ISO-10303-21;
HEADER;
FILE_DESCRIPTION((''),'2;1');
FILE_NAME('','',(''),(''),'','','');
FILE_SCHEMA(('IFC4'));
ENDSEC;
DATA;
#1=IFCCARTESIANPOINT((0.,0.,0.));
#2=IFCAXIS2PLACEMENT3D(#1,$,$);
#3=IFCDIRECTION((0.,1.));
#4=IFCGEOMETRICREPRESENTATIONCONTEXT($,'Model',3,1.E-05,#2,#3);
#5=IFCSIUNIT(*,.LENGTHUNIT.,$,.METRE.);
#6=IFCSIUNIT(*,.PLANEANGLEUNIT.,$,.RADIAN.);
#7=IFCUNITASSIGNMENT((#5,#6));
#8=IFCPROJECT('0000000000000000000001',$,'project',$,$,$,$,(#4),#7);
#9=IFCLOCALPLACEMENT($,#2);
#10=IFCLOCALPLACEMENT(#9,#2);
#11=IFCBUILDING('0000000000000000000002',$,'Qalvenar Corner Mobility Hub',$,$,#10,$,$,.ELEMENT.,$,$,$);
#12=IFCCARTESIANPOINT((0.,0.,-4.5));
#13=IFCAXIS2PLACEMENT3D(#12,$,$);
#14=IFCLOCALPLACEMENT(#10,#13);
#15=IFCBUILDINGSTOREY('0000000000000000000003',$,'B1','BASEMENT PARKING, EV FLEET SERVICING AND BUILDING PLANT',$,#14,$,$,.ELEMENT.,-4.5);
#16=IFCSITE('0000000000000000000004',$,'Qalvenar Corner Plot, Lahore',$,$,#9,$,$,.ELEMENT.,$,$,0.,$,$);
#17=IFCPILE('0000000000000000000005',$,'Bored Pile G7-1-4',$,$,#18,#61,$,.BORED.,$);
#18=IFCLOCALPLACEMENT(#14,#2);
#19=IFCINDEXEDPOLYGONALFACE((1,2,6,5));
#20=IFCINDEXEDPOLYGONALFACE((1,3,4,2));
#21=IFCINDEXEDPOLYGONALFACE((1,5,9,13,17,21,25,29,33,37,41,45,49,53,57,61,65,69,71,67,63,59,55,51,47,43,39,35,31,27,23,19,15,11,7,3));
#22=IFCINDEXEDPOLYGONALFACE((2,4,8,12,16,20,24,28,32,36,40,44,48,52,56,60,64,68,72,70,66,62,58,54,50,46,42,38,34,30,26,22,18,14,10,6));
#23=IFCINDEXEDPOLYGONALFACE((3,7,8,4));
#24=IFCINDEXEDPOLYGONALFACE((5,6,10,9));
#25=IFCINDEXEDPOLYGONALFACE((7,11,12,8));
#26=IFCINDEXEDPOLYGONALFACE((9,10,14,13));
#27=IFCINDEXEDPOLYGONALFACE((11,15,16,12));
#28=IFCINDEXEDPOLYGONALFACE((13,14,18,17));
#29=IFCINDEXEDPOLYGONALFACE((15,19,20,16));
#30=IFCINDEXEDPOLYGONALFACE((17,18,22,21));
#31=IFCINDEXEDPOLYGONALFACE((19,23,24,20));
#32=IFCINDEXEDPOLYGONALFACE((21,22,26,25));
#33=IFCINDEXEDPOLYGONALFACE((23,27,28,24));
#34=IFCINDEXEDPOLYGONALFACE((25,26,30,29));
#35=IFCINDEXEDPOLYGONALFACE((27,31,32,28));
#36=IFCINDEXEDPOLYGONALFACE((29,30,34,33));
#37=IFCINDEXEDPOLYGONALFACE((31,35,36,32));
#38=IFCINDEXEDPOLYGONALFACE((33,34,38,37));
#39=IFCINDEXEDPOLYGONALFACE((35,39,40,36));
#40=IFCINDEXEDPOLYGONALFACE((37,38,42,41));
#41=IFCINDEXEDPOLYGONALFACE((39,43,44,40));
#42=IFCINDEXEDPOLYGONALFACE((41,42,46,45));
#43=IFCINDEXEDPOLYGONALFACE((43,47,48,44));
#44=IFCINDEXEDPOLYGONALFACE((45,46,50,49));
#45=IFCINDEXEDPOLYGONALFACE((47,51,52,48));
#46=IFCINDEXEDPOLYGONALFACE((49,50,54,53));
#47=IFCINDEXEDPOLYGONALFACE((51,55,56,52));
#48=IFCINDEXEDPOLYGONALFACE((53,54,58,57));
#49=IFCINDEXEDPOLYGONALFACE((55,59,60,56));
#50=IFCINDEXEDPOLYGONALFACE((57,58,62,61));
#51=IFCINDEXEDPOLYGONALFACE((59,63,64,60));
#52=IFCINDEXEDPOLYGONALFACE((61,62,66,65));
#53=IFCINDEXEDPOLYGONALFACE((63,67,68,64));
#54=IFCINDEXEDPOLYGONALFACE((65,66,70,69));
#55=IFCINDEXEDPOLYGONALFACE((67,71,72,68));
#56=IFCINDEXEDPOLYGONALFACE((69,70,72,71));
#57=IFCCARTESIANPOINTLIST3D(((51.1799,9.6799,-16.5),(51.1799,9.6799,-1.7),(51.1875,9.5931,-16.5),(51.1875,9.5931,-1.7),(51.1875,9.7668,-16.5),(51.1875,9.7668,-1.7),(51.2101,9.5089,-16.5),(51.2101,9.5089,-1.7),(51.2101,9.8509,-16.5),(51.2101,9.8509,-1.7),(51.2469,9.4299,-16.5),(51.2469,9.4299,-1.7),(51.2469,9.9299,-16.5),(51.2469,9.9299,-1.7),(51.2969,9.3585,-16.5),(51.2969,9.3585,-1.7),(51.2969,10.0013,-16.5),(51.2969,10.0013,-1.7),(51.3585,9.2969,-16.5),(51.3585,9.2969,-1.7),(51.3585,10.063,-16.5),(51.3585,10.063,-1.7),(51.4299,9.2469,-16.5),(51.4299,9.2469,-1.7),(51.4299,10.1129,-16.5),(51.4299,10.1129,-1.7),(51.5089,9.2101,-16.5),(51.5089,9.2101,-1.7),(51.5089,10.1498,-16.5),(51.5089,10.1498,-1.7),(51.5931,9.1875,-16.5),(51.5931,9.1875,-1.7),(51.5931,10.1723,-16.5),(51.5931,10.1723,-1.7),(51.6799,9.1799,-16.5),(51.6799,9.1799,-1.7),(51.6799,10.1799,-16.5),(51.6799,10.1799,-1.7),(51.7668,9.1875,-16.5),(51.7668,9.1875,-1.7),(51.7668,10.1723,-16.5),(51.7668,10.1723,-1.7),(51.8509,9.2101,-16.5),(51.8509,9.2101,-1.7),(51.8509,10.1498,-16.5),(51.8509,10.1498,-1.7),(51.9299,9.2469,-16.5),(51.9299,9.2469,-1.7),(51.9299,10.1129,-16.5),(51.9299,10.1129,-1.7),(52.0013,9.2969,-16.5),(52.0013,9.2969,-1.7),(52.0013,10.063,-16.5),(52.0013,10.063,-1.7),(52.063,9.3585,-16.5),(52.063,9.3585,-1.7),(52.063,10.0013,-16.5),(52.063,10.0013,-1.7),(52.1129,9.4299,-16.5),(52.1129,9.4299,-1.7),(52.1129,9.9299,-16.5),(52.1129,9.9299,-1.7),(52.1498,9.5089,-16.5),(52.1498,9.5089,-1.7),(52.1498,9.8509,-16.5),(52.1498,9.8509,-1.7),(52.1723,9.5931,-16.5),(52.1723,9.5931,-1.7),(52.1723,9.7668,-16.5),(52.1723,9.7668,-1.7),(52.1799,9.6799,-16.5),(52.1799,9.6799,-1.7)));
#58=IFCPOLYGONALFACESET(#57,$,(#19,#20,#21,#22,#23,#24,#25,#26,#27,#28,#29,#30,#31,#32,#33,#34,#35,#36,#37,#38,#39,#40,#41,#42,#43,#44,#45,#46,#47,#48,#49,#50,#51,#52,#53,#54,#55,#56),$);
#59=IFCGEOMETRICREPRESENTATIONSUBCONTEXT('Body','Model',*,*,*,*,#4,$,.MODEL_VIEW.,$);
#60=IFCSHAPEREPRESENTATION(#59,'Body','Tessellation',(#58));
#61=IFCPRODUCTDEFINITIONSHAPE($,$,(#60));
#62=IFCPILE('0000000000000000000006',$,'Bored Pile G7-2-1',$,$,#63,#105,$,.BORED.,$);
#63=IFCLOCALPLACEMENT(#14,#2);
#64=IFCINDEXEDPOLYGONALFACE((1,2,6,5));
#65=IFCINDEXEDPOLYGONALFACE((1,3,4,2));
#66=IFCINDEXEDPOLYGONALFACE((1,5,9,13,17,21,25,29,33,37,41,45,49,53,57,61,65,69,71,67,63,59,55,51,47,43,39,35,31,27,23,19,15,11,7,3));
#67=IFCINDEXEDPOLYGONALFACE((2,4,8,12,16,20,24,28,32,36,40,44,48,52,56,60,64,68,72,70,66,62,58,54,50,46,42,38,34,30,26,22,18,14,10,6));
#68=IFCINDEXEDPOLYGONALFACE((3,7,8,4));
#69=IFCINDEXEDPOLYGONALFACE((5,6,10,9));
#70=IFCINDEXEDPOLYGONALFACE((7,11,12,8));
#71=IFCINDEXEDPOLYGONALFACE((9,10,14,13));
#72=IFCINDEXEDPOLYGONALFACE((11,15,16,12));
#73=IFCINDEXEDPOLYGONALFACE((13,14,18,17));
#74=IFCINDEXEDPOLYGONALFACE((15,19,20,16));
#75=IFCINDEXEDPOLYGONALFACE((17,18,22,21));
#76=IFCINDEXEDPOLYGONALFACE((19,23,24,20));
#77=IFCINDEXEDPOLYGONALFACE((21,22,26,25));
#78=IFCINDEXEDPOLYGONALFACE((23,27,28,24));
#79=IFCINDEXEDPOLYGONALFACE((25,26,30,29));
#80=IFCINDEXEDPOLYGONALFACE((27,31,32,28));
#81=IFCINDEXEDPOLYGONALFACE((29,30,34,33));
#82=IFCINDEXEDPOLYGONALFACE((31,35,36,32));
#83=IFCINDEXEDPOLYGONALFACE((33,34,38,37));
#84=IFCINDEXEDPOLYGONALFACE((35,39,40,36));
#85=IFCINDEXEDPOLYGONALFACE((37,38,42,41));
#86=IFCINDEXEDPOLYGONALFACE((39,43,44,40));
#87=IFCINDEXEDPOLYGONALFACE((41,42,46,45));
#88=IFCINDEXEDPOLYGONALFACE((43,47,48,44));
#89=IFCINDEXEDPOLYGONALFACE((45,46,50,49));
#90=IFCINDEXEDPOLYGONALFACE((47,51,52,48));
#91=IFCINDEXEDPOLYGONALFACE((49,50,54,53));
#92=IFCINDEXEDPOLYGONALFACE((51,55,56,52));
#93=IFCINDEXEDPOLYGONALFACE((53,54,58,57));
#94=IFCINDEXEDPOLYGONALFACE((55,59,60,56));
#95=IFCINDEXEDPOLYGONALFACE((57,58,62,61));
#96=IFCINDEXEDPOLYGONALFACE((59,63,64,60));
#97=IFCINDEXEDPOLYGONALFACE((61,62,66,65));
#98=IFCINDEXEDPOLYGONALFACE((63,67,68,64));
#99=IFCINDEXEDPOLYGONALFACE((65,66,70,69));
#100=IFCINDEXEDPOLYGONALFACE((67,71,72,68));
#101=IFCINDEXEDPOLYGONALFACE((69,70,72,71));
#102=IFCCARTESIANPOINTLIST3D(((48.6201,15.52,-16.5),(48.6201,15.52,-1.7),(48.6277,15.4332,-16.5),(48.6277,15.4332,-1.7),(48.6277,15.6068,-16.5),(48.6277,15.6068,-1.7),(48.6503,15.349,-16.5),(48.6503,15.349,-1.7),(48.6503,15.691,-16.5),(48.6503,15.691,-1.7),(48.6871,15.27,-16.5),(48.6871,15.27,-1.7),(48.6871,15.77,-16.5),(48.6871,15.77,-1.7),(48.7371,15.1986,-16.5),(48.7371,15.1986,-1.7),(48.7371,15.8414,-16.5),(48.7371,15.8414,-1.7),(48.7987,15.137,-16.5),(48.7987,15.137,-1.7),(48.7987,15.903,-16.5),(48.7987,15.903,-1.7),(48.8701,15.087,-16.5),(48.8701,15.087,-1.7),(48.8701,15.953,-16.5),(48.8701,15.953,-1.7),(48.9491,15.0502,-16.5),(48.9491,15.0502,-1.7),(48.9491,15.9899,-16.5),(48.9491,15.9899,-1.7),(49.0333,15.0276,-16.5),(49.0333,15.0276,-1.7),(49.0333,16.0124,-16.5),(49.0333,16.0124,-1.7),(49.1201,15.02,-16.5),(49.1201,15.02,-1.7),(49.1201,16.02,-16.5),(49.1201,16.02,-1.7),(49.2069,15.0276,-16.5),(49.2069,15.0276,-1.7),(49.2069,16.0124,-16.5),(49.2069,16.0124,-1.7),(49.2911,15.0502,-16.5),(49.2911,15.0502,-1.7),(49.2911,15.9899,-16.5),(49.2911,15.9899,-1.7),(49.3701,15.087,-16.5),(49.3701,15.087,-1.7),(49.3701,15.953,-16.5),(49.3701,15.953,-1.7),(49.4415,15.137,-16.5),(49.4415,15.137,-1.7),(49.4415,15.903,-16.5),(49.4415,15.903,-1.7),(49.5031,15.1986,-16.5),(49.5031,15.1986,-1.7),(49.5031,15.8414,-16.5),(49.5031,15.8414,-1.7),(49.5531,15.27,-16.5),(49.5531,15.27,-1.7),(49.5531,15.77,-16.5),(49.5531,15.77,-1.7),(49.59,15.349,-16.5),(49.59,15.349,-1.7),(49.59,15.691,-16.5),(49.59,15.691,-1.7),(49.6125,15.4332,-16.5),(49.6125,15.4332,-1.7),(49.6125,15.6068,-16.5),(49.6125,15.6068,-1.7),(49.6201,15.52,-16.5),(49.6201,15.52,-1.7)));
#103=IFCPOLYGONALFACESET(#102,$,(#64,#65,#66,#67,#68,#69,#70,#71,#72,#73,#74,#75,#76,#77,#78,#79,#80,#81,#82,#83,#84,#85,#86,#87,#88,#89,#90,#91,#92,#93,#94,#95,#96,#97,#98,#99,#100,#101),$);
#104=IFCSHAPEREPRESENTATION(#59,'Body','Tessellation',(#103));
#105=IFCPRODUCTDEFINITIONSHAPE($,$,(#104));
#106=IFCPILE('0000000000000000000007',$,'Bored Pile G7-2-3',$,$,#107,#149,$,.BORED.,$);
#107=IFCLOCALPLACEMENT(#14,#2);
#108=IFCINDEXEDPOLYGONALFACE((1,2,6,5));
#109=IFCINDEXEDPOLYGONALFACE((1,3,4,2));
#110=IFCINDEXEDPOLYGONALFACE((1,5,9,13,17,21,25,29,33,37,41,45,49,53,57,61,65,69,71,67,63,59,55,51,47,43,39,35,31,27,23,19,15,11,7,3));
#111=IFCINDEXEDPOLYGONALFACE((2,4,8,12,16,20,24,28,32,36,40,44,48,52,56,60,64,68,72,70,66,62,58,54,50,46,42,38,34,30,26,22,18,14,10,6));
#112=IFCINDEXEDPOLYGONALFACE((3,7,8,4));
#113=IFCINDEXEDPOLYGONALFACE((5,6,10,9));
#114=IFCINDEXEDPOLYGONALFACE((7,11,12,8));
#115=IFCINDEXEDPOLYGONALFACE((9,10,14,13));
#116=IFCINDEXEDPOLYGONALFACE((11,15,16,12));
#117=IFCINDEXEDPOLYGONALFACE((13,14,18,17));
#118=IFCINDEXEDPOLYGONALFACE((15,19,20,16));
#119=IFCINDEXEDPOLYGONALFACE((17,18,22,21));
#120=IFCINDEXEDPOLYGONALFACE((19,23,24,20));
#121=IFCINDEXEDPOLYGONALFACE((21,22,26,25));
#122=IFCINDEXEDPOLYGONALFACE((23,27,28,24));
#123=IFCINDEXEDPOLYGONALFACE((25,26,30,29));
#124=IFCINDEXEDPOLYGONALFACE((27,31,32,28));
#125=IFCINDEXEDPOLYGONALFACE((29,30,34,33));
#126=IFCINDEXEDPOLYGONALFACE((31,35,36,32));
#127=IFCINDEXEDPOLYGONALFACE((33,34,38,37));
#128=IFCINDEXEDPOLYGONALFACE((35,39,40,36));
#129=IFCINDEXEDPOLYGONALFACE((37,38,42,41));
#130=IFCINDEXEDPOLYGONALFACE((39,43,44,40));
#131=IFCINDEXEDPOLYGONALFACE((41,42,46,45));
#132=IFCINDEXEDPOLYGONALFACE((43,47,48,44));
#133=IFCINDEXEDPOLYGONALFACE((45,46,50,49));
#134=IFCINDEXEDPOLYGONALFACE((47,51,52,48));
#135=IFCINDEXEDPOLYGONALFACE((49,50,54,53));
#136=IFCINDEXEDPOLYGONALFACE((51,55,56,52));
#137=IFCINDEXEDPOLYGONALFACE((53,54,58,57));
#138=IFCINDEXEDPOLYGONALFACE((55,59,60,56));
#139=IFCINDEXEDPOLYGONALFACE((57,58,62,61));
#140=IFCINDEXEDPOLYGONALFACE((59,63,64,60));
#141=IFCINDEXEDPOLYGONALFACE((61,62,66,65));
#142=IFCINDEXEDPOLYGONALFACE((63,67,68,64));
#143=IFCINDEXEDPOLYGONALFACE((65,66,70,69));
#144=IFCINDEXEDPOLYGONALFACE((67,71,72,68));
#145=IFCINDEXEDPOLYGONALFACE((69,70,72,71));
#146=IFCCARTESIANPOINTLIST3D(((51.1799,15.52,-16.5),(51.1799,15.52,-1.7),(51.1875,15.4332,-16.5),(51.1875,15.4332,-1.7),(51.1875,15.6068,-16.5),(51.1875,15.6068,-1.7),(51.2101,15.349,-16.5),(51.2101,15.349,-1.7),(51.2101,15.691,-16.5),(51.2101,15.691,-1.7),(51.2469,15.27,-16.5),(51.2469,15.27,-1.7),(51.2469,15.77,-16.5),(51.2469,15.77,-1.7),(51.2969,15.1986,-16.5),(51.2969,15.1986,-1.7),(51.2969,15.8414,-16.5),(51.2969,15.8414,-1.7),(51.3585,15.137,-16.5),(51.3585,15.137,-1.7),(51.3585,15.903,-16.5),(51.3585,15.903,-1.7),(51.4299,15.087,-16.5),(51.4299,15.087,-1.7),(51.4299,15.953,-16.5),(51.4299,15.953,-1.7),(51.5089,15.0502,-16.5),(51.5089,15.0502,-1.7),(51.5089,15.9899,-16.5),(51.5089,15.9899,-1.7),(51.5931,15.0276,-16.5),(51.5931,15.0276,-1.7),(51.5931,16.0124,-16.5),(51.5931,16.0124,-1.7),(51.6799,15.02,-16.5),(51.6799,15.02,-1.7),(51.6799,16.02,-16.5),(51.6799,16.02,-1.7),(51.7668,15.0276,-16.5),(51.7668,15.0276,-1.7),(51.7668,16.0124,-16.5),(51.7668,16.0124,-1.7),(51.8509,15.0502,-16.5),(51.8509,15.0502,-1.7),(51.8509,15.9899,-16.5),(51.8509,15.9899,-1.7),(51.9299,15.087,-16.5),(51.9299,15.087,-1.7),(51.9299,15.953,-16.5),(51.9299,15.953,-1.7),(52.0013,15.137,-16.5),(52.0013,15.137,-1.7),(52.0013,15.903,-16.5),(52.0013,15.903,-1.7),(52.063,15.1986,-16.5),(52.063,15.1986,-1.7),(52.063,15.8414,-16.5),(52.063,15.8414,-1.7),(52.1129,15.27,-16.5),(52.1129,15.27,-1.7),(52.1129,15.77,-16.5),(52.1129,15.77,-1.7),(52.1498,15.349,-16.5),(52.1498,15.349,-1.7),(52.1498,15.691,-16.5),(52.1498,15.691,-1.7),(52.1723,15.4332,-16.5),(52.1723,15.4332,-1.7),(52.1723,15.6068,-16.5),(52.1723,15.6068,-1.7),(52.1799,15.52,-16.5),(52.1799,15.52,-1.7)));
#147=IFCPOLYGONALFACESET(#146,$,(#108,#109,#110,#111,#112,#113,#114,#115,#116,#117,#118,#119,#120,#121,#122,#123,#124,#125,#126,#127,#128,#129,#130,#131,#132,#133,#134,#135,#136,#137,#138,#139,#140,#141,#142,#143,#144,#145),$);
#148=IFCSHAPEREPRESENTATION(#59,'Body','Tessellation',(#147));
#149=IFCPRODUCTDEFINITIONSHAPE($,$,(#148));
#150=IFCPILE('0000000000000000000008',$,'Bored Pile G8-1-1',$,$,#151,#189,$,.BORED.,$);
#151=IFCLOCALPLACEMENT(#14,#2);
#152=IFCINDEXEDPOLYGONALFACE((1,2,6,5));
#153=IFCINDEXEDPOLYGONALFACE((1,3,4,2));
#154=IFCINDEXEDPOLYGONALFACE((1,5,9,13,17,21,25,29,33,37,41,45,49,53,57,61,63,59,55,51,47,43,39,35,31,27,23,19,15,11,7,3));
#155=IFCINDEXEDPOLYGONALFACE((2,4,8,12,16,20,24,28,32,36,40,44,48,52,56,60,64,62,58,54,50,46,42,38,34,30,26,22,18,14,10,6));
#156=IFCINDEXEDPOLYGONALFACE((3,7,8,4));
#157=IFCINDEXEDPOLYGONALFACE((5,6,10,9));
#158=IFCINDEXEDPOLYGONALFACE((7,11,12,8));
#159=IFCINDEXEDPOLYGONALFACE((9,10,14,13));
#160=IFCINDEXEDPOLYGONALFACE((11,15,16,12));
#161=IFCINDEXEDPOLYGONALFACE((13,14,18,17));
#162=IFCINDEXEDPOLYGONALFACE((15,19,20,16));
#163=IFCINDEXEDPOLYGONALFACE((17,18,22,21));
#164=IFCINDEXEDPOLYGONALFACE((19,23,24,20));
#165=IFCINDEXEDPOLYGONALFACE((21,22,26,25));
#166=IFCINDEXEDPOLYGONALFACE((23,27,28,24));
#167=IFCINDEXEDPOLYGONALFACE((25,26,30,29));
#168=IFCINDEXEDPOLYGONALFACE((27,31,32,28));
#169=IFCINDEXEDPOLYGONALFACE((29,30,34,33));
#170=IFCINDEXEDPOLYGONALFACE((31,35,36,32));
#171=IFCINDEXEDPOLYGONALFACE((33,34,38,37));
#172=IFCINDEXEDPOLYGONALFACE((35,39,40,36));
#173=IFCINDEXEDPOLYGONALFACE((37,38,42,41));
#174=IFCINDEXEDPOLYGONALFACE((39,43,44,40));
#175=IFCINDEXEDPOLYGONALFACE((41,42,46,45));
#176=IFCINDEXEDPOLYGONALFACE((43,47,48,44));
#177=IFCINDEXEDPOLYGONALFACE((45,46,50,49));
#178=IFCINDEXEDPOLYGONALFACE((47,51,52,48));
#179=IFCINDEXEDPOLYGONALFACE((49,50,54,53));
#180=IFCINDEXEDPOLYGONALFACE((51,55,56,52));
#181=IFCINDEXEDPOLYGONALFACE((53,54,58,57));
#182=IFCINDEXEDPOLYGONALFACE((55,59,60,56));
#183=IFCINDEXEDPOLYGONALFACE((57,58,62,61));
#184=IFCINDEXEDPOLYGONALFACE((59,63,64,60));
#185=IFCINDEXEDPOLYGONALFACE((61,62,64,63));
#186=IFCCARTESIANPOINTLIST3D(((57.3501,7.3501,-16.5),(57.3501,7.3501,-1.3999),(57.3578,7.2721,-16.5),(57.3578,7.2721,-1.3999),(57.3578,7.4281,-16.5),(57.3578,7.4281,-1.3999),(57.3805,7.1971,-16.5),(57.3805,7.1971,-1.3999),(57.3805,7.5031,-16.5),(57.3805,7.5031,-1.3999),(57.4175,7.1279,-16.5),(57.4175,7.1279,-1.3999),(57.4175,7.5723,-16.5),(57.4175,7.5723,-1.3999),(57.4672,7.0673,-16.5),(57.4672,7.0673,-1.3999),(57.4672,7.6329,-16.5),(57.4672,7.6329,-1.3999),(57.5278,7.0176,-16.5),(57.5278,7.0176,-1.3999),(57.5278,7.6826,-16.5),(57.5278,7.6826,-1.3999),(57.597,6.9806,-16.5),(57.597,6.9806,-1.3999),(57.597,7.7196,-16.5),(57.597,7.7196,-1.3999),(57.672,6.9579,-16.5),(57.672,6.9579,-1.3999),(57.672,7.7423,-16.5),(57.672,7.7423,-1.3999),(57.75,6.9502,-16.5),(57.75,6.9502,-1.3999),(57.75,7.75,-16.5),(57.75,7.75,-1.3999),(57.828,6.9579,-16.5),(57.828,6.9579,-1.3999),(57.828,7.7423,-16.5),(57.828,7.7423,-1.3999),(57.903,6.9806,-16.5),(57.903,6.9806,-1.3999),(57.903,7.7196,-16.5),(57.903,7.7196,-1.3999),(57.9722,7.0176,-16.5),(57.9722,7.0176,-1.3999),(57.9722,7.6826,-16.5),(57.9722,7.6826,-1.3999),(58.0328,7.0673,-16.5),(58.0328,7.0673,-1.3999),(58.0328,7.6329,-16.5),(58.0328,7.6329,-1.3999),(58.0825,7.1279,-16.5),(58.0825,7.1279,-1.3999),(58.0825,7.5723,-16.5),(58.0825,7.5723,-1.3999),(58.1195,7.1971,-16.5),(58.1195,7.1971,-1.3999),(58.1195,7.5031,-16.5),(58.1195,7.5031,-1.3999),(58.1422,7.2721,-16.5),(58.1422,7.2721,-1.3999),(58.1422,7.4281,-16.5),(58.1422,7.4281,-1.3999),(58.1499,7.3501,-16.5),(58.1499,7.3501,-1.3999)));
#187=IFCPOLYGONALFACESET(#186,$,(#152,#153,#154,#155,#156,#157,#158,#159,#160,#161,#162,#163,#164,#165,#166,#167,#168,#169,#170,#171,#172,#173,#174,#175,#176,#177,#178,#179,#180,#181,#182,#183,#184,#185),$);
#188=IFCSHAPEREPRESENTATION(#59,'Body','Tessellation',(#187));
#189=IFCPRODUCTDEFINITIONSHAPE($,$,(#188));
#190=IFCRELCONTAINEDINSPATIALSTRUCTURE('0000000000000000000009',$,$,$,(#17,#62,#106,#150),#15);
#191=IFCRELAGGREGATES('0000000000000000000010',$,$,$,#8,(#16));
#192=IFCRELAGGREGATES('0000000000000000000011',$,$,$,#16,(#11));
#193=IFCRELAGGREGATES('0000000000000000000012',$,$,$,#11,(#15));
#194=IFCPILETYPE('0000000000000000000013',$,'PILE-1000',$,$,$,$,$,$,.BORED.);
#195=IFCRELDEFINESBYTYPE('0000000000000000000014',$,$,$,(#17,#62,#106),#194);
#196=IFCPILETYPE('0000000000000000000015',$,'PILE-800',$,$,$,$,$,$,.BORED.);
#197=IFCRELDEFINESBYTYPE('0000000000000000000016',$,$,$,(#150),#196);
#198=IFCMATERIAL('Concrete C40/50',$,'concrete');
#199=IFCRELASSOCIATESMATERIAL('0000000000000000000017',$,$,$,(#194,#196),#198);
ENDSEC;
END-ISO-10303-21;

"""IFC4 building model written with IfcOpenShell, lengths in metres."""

from ifc_helpers import new_model, si_unit, direction, frame, origin, origin_2d, place, context, subcontext, project, spatial, circle, extrude, material, material_profile, profile_set, type_object, element, save


model = new_model("IFC4")

# Units and contexts
model_context = context("Model", 3, precision=1e-05, world=origin(), true_north=direction((0.0, 1.0)))
body_context = subcontext(model_context, "Body", "Model", "MODEL_VIEW")
ifc_project = project(units=[si_unit("LENGTHUNIT", "METRE"), si_unit("PLANEANGLEUNIT", "RADIAN")], contexts=[model_context])

# Site, building, storey
site_placement = place(None, origin())
site = spatial("IfcSite", under=ifc_project, at=site_placement, Name="Qalvenar Corner Plot, Lahore", CompositionType="ELEMENT", RefElevation=0.0)
building_placement = place(site_placement, origin())
building = spatial("IfcBuilding", under=site, at=building_placement, Name="Qalvenar Corner Mobility Hub", CompositionType="ELEMENT")
storey_placement = place(building_placement, frame((0.0, 0.0, -4.5)))
storey = spatial("IfcBuildingStorey", under=building, at=storey_placement, Name="B1", Description="BASEMENT PARKING, EV FLEET SERVICING AND BUILDING PLANT", CompositionType="ELEMENT", Elevation=-4.5)

# Shared definitions
ifc_material_1 = material(Name="Concrete C40/50", Category="concrete")

# Piles
ifc_material_profile_1 = material_profile(ifc_material_1, circle(Radius=0.5, at=origin_2d()), Name="DIA1000")
ifc_profile_set_1 = profile_set([ifc_material_profile_1], Name="Concrete C40/50")
pile_type_1 = type_object("IfcPileType", Name="PILE-1000", PredefinedType="BORED", material=ifc_profile_set_1)
for number, where, z_axis, x_axis, name in (
    (1, (51.6799, 9.6799, -1.7), (0.0, 0.0, -1.0), (1.0, 0.0, 0.0), "Bored Pile G7-1-4"),
    (2, (49.1201, 15.52, -1.7), (0.0, 0.0, -1.0), (1.0, 0.0, 0.0), "Bored Pile G7-2-1"),
    (3, (51.6799, 15.52, -1.7), (0.0, 0.0, -1.0), (1.0, 0.0, 0.0), "Bored Pile G7-2-3"),
):
    element("IfcPile", number, at=place(storey_placement, frame(where, z_axis=z_axis, x_axis=x_axis)), inside=storey, type_object=pile_type_1, Name=name, PredefinedType="BORED", context=body_context, shape_type="SweptSolid", body=[
        extrude(circle(Radius=0.5, at=origin_2d()), origin(), (0.0, 0.0, 1.0), 14.8),
    ])
ifc_material_profile_2 = material_profile(ifc_material_1, circle(Radius=0.3999, at=origin_2d()), Name="DIA800")
ifc_profile_set_2 = profile_set([ifc_material_profile_2], Name="Concrete C40/50")
pile_type_2 = type_object("IfcPileType", Name="PILE-800", PredefinedType="BORED", material=ifc_profile_set_2)
for number, where, z_axis, x_axis, name in (
    (4, (57.75, 7.3501, -1.3999), (0.0, 0.0, -1.0), (1.0, 0.0, 0.0), "Bored Pile G8-1-1"),
):
    element("IfcPile", number, at=place(storey_placement, frame(where, z_axis=z_axis, x_axis=x_axis)), inside=storey, type_object=pile_type_2, Name=name, PredefinedType="BORED", context=body_context, shape_type="SweptSolid", body=[
        extrude(circle(Radius=0.3999, at=origin_2d()), origin(), (0.0, 0.0, 1.0), 15.1001),
    ])

save(model, "model.ifc")
